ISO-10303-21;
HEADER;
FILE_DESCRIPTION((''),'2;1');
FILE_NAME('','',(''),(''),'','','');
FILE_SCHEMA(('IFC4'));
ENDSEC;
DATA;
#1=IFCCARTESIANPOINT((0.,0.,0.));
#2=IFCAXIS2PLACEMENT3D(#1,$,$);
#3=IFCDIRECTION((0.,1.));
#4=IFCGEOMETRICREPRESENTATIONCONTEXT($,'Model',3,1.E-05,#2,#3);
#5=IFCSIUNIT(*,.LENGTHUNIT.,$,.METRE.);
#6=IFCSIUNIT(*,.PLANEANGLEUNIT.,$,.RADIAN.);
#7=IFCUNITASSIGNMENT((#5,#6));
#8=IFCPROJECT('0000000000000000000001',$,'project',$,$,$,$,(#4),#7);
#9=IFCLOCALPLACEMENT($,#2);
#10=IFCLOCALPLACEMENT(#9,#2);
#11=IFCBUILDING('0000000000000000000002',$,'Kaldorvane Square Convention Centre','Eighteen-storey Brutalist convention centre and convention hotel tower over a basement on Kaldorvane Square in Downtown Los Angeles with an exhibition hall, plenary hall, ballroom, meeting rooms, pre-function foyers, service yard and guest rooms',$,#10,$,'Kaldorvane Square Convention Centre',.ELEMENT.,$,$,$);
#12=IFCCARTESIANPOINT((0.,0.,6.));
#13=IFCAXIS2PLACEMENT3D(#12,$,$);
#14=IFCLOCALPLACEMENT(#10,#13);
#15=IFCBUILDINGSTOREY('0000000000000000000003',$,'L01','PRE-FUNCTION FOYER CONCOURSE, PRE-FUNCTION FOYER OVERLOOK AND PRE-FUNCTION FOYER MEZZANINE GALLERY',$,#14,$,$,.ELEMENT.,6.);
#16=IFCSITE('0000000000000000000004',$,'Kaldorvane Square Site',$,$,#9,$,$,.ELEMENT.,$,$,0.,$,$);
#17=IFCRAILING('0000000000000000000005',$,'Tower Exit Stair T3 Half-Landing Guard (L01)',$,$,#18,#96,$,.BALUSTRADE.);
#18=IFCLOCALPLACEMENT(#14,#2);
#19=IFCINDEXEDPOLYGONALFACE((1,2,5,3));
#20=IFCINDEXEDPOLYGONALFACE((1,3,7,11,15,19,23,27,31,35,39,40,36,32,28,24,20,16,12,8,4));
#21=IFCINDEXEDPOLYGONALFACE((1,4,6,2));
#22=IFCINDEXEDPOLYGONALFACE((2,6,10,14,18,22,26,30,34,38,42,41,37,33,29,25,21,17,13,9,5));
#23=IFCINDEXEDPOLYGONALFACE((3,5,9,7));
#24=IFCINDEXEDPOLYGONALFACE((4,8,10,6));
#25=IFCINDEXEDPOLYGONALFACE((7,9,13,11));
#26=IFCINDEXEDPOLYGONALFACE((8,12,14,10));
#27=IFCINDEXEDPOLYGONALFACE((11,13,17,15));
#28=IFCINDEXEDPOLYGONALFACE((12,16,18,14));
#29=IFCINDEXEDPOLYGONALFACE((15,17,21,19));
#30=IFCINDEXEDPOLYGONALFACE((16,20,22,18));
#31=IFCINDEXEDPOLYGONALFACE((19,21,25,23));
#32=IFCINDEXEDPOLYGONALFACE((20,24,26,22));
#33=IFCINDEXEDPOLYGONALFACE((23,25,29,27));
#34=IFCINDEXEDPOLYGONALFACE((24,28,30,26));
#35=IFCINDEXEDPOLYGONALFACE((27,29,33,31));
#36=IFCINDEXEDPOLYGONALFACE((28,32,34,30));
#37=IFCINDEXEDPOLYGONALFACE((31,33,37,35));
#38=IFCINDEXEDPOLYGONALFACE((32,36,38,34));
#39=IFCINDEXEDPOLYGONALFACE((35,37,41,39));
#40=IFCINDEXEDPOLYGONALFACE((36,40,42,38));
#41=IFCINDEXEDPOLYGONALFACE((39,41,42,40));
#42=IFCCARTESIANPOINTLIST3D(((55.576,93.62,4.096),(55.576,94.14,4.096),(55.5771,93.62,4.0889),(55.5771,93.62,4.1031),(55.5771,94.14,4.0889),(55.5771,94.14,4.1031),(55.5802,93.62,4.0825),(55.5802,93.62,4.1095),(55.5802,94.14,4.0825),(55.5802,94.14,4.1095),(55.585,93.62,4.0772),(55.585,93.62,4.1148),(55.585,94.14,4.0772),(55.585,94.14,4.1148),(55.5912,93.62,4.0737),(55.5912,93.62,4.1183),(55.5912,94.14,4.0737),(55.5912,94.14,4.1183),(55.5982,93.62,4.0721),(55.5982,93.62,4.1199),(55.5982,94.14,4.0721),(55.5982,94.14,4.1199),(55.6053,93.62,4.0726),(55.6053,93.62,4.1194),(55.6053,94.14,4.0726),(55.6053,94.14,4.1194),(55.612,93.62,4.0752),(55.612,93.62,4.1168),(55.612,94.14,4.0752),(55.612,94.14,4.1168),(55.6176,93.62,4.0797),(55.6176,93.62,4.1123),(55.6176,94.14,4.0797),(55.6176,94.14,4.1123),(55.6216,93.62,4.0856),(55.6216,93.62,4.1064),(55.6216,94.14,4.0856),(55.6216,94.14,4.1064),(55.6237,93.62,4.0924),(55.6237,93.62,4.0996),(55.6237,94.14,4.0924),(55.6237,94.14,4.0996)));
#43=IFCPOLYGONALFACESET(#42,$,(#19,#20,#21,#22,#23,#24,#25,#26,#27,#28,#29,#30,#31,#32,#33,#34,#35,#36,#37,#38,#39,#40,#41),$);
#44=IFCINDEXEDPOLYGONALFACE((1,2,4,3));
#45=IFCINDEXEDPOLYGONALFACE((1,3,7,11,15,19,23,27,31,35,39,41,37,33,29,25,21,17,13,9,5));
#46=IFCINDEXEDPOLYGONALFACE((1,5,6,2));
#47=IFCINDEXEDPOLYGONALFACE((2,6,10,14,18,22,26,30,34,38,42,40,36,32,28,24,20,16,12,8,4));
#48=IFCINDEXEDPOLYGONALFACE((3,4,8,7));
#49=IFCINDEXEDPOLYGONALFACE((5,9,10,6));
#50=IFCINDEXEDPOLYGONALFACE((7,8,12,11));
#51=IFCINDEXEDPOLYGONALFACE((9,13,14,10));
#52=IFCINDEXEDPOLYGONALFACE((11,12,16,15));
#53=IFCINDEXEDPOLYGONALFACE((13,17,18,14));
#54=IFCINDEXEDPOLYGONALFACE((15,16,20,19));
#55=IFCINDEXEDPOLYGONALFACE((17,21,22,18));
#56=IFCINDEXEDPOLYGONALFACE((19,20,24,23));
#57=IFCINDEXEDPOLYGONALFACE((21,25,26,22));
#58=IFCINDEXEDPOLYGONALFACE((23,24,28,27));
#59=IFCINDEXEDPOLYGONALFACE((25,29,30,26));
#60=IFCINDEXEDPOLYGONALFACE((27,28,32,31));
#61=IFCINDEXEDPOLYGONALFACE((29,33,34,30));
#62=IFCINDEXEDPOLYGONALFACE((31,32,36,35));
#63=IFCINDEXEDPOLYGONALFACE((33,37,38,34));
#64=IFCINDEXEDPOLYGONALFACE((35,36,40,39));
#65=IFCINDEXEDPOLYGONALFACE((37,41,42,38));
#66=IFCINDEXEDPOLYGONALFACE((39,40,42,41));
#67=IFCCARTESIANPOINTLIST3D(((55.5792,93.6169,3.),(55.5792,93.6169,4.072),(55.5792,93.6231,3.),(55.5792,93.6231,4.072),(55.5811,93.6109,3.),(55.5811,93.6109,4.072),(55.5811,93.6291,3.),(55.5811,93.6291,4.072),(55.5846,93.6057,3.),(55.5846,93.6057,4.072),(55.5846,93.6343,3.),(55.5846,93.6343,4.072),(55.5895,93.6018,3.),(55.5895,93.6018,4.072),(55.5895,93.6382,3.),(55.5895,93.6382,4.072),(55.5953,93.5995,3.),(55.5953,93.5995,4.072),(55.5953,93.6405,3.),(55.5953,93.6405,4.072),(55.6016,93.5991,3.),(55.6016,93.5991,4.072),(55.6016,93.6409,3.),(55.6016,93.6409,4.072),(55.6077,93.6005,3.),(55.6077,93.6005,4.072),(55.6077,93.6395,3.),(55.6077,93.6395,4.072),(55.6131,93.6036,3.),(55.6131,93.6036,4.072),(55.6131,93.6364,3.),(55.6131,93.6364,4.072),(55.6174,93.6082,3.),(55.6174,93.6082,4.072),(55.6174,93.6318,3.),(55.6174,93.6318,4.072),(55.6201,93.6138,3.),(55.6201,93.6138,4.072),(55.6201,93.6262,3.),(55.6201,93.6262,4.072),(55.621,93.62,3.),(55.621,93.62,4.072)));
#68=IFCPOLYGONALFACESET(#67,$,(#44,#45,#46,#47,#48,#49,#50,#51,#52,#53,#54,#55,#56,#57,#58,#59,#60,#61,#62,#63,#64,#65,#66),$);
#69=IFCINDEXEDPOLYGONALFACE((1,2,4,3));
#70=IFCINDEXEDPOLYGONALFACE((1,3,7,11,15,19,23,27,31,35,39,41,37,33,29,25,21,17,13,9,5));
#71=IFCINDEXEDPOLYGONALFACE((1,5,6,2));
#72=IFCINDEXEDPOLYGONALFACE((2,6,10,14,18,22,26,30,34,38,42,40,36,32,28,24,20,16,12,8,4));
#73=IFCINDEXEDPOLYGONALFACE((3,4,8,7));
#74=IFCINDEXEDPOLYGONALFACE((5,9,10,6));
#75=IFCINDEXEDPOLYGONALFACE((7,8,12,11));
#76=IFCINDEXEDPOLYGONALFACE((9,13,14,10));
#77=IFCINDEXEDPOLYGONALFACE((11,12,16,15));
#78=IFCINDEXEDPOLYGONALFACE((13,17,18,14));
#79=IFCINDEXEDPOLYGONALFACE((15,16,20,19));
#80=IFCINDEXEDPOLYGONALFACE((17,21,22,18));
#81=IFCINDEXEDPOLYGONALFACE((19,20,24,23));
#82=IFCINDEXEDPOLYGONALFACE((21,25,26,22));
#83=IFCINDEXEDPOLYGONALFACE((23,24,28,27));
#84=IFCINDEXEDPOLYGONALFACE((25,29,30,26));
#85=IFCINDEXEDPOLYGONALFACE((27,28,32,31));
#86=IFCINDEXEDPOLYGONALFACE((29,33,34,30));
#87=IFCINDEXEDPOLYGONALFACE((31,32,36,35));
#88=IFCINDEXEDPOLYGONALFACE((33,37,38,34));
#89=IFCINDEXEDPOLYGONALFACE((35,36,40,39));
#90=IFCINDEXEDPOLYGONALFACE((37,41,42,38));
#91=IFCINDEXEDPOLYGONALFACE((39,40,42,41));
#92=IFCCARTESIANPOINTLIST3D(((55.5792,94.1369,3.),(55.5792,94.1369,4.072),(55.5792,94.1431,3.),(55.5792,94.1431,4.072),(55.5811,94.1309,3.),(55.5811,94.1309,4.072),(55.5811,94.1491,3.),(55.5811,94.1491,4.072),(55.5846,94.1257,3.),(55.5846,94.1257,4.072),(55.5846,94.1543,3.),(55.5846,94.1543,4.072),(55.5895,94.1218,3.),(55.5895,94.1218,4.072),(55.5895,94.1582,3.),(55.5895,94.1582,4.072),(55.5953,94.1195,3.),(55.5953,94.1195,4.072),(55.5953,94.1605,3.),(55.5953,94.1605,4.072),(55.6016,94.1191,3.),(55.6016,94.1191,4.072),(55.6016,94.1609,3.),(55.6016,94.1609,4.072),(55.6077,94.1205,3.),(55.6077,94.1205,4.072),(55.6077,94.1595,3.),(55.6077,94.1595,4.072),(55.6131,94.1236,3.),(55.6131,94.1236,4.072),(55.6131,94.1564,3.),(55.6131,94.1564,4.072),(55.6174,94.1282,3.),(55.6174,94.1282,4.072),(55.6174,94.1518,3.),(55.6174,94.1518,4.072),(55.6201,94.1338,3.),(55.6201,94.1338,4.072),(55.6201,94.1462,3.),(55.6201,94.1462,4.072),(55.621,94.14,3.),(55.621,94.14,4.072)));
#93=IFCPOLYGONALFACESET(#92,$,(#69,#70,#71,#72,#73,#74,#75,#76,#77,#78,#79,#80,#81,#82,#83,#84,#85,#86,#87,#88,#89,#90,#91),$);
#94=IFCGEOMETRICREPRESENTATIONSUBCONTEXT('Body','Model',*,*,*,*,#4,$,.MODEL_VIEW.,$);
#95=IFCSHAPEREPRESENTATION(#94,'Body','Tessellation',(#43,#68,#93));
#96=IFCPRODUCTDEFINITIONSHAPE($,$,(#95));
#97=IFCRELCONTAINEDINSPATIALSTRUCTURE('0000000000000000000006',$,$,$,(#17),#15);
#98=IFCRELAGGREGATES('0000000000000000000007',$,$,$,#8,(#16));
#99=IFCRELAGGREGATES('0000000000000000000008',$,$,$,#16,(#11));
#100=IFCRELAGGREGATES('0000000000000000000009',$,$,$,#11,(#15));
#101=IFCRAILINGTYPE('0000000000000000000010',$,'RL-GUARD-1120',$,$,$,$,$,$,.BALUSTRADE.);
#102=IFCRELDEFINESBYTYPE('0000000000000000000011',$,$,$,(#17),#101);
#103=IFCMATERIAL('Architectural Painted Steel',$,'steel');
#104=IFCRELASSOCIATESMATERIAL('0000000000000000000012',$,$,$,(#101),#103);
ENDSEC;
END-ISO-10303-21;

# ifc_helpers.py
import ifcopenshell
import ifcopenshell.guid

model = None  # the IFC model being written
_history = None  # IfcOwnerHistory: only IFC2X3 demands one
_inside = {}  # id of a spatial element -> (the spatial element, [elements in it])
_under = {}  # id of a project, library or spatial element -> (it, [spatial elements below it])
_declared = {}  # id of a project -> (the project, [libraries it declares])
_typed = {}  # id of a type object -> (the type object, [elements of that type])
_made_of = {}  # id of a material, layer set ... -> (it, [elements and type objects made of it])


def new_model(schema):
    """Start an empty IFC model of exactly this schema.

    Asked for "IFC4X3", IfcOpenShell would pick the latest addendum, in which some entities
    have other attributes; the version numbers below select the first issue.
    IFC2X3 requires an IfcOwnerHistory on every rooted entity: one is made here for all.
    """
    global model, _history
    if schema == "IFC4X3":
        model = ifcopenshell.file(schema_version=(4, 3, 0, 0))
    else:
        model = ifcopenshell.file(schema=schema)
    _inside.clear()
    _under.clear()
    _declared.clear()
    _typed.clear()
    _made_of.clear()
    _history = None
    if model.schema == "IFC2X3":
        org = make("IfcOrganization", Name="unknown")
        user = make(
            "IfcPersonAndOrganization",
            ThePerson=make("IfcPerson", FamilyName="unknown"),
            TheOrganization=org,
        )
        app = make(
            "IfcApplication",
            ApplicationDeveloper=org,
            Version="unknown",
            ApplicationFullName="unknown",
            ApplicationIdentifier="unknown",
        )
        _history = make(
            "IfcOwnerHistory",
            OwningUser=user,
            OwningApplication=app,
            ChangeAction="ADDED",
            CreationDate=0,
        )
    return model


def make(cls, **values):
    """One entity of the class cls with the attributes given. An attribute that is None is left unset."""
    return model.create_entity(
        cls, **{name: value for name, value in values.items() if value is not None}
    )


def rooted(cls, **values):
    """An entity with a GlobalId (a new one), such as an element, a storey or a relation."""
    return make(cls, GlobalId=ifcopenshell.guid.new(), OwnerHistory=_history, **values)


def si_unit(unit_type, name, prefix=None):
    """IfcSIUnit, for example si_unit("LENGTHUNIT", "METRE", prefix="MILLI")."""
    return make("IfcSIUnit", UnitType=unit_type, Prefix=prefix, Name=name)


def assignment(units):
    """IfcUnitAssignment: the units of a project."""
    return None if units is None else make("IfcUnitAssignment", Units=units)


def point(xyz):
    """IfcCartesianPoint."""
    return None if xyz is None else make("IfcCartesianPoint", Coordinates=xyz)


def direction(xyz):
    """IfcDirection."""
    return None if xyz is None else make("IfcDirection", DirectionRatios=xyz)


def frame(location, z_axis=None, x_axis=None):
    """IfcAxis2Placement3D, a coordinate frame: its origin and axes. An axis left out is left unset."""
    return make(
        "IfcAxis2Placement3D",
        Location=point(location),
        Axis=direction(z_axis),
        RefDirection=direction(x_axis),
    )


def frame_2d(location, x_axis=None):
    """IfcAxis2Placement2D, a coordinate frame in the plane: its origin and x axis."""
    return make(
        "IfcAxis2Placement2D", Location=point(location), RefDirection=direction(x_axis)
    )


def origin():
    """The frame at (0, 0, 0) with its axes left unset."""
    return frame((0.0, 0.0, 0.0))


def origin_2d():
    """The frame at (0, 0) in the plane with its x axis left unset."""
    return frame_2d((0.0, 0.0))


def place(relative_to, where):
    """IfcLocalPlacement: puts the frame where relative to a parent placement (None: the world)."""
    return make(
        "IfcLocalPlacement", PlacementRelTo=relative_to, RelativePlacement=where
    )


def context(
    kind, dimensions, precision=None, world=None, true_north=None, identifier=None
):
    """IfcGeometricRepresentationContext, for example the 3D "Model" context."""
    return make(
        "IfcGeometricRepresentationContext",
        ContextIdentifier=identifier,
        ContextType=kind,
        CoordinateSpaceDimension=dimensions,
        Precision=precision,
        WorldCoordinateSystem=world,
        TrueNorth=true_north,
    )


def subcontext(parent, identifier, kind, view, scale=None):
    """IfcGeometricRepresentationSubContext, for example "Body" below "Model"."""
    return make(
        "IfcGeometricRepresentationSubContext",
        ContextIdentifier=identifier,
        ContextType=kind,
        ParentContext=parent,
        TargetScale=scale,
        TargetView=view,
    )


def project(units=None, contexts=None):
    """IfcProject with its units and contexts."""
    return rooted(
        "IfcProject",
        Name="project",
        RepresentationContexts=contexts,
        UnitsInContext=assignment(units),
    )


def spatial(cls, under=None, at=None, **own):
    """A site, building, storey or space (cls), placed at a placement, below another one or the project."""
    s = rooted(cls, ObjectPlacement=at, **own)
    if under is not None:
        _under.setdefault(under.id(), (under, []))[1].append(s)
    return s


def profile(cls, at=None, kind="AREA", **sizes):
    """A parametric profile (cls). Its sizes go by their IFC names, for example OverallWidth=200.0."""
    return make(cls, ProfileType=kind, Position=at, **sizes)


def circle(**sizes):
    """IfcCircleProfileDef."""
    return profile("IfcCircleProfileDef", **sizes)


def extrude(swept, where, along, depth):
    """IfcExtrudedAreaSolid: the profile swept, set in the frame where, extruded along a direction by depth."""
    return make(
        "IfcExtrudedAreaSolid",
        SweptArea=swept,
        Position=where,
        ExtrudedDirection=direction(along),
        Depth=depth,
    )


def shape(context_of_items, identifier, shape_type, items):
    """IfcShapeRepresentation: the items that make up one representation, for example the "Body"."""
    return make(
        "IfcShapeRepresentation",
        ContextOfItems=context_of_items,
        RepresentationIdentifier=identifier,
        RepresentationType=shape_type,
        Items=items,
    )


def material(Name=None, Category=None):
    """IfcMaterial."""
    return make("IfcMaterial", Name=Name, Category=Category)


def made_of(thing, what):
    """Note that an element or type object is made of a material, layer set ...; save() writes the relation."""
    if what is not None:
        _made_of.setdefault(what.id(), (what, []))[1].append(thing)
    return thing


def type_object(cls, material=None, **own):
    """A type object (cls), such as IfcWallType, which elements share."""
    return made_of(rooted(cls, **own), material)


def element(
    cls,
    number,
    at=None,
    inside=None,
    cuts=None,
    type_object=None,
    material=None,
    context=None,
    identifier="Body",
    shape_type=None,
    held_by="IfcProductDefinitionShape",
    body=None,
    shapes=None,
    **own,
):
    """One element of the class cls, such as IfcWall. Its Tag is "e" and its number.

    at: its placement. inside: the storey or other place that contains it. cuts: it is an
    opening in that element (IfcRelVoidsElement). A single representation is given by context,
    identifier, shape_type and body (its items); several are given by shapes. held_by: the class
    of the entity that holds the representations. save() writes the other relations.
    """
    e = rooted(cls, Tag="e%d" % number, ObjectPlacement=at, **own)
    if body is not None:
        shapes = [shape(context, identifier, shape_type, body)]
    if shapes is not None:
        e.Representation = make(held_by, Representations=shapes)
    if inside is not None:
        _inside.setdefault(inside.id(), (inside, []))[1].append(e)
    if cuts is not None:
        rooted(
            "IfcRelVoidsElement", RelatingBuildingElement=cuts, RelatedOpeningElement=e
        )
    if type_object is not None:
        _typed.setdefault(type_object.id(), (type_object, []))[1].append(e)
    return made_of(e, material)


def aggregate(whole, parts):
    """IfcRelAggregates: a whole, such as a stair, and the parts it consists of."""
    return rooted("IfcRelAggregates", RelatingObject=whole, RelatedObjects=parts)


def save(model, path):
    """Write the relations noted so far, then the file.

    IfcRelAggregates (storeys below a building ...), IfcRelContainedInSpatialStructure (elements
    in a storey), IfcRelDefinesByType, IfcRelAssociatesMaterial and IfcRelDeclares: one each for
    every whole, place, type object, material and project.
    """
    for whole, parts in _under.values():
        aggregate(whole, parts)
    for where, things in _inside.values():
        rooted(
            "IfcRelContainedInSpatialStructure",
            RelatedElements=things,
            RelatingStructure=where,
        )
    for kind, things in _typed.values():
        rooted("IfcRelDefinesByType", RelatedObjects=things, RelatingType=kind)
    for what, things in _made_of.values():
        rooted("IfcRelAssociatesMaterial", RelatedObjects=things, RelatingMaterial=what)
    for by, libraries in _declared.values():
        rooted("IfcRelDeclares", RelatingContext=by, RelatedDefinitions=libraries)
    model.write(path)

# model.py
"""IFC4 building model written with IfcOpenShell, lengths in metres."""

from ifc_helpers import new_model, si_unit, direction, frame, origin, origin_2d, place, context, subcontext, project, spatial, circle, extrude, material, type_object, element, save


model = new_model("IFC4")

# Units and contexts
model_context = context("Model", 3, precision=1e-05, world=origin(), true_north=direction((0.0, 1.0)))
body_context = subcontext(model_context, "Body", "Model", "MODEL_VIEW")
ifc_project = project(units=[si_unit("LENGTHUNIT", "METRE"), si_unit("PLANEANGLEUNIT", "RADIAN")], contexts=[model_context])

# Site, building, storey
site_placement = place(None, origin())
site = spatial("IfcSite", under=ifc_project, at=site_placement, Name="Kaldorvane Square Site", CompositionType="ELEMENT", RefElevation=0.0)
building_placement = place(site_placement, origin())
building = spatial("IfcBuilding", under=site, at=building_placement, Name="Kaldorvane Square Convention Centre", Description="Eighteen-storey Brutalist convention centre and convention hotel tower over a basement on Kaldorvane Square in Downtown Los Angeles with an exhibition hall, plenary hall, ballroom, meeting rooms, pre-function foyers, service yard and guest rooms", LongName="Kaldorvane Square Convention Centre", CompositionType="ELEMENT")
storey_placement = place(building_placement, frame((0.0, 0.0, 6.0)))
storey = spatial("IfcBuildingStorey", under=building, at=storey_placement, Name="L01", Description="PRE-FUNCTION FOYER CONCOURSE, PRE-FUNCTION FOYER OVERLOOK AND PRE-FUNCTION FOYER MEZZANINE GALLERY", CompositionType="ELEMENT", Elevation=6.0)

# Railing
ifc_material_1 = material(Name="Architectural Painted Steel", Category="steel")
railing_type_1 = type_object("IfcRailingType", Name="RL-GUARD-1120", PredefinedType="BALUSTRADE", material=ifc_material_1)
for number, where, name in (
    (1, (55.6, 93.62, 3.0), "Tower Exit Stair T3 Half-Landing Guard (L01)"),
):
    element("IfcRailing", number, at=place(storey_placement, frame(where)), inside=storey, type_object=railing_type_1, Name=name, PredefinedType="BALUSTRADE", context=body_context, shape_type="SweptSolid", body=[
        extrude(circle(Radius=0.024, at=origin_2d()), frame((0.0, 0.0, 1.096), z_axis=(0.0, 1.0, 0.0), x_axis=(-1.0, 0.0, 0.0)), (0.0, 0.0, 1.0), 0.52),
        extrude(circle(Radius=0.021, at=origin_2d()), origin(), (0.0, 0.0, 1.0), 1.072),
        extrude(circle(Radius=0.021, at=origin_2d()), frame((0.0, 0.52, 0.0)), (0.0, 0.0, 1.0), 1.072),
    ])

save(model, "model.ifc")
